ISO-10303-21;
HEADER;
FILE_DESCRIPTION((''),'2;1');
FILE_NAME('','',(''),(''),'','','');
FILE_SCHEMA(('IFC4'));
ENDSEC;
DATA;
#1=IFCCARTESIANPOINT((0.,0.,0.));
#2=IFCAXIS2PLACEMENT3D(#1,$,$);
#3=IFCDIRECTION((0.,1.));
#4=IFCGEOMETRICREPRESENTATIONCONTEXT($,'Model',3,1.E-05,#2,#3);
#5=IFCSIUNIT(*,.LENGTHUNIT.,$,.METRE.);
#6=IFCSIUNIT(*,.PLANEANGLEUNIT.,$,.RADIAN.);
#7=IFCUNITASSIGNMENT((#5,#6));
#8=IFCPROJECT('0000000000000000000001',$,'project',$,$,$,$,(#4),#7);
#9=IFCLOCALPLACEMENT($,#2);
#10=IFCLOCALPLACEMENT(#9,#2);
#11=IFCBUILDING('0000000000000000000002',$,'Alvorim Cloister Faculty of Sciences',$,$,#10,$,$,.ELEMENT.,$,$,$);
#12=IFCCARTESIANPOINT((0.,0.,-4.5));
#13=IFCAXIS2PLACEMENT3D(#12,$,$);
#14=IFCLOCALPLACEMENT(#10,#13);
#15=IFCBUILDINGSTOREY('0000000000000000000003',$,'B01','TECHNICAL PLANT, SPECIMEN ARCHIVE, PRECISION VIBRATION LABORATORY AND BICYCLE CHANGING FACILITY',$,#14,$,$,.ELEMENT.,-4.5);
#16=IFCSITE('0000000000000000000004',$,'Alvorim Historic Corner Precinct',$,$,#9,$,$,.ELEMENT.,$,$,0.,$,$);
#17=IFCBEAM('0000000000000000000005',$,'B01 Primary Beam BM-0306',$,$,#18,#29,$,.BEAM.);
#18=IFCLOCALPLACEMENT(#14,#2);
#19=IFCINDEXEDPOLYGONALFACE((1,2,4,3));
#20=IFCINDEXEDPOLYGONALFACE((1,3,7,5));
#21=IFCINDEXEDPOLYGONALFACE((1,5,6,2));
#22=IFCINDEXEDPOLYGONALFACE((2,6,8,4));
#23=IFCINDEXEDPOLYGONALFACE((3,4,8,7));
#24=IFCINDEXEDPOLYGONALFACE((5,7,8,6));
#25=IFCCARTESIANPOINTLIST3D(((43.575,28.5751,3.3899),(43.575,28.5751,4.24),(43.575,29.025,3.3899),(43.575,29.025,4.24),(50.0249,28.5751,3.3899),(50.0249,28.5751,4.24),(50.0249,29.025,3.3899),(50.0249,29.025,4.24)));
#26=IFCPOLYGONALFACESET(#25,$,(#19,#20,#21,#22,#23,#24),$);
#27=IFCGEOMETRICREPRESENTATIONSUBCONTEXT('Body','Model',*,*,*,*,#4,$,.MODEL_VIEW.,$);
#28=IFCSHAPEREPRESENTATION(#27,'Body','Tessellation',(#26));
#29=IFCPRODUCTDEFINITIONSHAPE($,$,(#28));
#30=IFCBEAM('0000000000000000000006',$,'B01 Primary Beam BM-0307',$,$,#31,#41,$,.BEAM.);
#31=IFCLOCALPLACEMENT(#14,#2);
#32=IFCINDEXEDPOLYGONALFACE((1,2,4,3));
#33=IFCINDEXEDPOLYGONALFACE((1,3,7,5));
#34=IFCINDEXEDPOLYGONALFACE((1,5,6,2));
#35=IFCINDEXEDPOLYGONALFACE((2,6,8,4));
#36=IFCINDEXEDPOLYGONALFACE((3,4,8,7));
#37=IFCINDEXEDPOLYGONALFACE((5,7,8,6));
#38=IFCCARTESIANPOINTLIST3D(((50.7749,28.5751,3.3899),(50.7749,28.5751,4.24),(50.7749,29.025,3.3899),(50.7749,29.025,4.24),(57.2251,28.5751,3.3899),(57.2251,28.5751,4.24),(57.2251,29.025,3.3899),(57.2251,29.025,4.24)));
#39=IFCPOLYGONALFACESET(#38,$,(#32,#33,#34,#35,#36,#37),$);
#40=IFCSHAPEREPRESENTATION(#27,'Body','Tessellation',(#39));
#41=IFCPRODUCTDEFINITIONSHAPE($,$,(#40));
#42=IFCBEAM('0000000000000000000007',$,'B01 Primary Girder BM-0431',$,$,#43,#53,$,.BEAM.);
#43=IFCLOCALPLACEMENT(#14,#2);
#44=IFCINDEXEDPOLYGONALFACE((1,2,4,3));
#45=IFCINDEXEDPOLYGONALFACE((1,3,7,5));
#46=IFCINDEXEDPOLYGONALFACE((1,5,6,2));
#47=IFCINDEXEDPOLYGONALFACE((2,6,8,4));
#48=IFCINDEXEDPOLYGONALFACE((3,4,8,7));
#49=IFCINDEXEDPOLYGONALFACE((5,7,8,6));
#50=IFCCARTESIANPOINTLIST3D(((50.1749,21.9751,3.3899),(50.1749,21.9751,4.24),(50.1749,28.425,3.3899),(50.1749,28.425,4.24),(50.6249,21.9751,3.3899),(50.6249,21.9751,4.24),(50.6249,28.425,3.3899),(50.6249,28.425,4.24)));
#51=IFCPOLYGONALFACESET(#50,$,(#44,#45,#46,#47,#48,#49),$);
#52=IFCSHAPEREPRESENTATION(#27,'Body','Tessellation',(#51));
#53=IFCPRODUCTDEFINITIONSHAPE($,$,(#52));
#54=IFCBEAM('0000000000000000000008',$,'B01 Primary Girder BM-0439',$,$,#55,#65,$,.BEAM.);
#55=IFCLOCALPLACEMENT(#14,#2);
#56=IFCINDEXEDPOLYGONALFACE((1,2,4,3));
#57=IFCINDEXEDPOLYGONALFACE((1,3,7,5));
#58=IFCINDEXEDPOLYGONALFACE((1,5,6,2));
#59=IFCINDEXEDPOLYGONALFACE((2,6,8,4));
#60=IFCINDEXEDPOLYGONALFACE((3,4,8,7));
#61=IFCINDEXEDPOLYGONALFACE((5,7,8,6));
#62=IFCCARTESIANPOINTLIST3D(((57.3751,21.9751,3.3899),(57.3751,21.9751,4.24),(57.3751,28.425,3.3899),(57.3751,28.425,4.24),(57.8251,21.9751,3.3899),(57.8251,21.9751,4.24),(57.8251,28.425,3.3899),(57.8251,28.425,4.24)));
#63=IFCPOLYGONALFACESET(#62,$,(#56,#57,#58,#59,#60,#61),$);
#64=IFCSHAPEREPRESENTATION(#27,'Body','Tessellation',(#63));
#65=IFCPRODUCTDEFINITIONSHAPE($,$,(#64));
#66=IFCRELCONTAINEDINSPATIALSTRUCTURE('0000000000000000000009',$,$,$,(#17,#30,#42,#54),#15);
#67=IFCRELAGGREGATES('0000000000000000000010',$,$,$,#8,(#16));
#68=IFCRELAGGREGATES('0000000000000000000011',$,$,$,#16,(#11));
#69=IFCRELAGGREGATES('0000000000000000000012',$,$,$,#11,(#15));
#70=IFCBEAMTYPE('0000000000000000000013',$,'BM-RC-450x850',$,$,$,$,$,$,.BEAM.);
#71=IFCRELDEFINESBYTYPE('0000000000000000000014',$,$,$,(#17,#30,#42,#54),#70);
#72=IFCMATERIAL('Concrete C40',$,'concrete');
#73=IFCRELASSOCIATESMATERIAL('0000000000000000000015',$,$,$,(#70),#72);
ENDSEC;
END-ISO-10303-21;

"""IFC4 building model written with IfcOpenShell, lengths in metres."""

from ifc_helpers import new_model, si_unit, direction, frame, origin, origin_2d, place, context, subcontext, project, spatial, rectangle, extrude, material, material_profile, profile_set, type_object, element, save


model = new_model("IFC4")

# Units and contexts
model_context = context("Model", 3, precision=1e-05, world=origin(), true_north=direction((0.0, 1.0)))
body_context = subcontext(model_context, "Body", "Model", "MODEL_VIEW")
ifc_project = project(units=[si_unit("LENGTHUNIT", "METRE"), si_unit("PLANEANGLEUNIT", "RADIAN")], contexts=[model_context])

# Site, building, storey
site_placement = place(None, origin())
site = spatial("IfcSite", under=ifc_project, at=site_placement, Name="Alvorim Historic Corner Precinct", CompositionType="ELEMENT", RefElevation=0.0)
building_placement = place(site_placement, origin())
building = spatial("IfcBuilding", under=site, at=building_placement, Name="Alvorim Cloister Faculty of Sciences", CompositionType="ELEMENT")
storey_placement = place(building_placement, frame((0.0, 0.0, -4.5)))
storey = spatial("IfcBuildingStorey", under=building, at=storey_placement, Name="B01", Description="TECHNICAL PLANT, SPECIMEN ARCHIVE, PRECISION VIBRATION LABORATORY AND BICYCLE CHANGING FACILITY", CompositionType="ELEMENT", Elevation=-4.5)

# Shared definitions
ifc_material_1 = material(Name="Concrete C40", Category="concrete")

# Beams
ifc_material_profile_1 = material_profile(ifc_material_1, rectangle(XDim=0.45, YDim=0.8501, at=origin_2d()), Name="RC40-BM-450x850")
ifc_profile_set_1 = profile_set([ifc_material_profile_1], Name="Concrete C40")
beam_type_1 = type_object("IfcBeamType", Name="BM-RC-450x850", PredefinedType="BEAM", material=ifc_profile_set_1)
for number, where, z_axis, x_axis, name in (
    (1, (43.575, 28.8, 3.8149), (1.0, 0.0, 0.0), (0.0, 1.0, 0.0), "B01 Primary Beam BM-0306"),
):
    element("IfcBeam", number, at=place(storey_placement, frame(where, z_axis=z_axis, x_axis=x_axis)), inside=storey, type_object=beam_type_1, Name=name, PredefinedType="BEAM", context=body_context, shape_type="SweptSolid", body=[
        extrude(rectangle(XDim=0.45, YDim=0.8501, at=origin_2d()), origin(), (0.0, 0.0, 1.0), 6.45),
    ])
beam_1_placement = place(storey_placement, frame((50.7749, 28.8, 3.8149), z_axis=(1.0, 0.0, 0.0), x_axis=(0.0, 1.0, 0.0)))
element("IfcBeam", 2, at=beam_1_placement, inside=storey, type_object=beam_type_1, Name="B01 Primary Beam BM-0307", PredefinedType="BEAM", context=body_context, shape_type="SweptSolid", body=[
    extrude(rectangle(XDim=0.45, YDim=0.8501, at=origin_2d()), origin(), (0.0, 0.0, 1.0), 6.4502),
])
for number, where, z_axis, x_axis, name in (
    (3, (50.3999, 21.9751, 3.8149), (0.0, 1.0, 0.0), (-1.0, 0.0, 0.0), "B01 Primary Girder BM-0431"),
    (4, (57.6001, 21.9751, 3.8149), (0.0, 1.0, 0.0), (-1.0, 0.0, 0.0), "B01 Primary Girder BM-0439"),
):
    element("IfcBeam", number, at=place(storey_placement, frame(where, z_axis=z_axis, x_axis=x_axis)), inside=storey, type_object=beam_type_1, Name=name, PredefinedType="BEAM", context=body_context, shape_type="SweptSolid", body=[
        extrude(rectangle(XDim=0.45, YDim=0.8501, at=origin_2d()), origin(), (0.0, 0.0, 1.0), 6.45),
    ])

save(model, "model.ifc")
